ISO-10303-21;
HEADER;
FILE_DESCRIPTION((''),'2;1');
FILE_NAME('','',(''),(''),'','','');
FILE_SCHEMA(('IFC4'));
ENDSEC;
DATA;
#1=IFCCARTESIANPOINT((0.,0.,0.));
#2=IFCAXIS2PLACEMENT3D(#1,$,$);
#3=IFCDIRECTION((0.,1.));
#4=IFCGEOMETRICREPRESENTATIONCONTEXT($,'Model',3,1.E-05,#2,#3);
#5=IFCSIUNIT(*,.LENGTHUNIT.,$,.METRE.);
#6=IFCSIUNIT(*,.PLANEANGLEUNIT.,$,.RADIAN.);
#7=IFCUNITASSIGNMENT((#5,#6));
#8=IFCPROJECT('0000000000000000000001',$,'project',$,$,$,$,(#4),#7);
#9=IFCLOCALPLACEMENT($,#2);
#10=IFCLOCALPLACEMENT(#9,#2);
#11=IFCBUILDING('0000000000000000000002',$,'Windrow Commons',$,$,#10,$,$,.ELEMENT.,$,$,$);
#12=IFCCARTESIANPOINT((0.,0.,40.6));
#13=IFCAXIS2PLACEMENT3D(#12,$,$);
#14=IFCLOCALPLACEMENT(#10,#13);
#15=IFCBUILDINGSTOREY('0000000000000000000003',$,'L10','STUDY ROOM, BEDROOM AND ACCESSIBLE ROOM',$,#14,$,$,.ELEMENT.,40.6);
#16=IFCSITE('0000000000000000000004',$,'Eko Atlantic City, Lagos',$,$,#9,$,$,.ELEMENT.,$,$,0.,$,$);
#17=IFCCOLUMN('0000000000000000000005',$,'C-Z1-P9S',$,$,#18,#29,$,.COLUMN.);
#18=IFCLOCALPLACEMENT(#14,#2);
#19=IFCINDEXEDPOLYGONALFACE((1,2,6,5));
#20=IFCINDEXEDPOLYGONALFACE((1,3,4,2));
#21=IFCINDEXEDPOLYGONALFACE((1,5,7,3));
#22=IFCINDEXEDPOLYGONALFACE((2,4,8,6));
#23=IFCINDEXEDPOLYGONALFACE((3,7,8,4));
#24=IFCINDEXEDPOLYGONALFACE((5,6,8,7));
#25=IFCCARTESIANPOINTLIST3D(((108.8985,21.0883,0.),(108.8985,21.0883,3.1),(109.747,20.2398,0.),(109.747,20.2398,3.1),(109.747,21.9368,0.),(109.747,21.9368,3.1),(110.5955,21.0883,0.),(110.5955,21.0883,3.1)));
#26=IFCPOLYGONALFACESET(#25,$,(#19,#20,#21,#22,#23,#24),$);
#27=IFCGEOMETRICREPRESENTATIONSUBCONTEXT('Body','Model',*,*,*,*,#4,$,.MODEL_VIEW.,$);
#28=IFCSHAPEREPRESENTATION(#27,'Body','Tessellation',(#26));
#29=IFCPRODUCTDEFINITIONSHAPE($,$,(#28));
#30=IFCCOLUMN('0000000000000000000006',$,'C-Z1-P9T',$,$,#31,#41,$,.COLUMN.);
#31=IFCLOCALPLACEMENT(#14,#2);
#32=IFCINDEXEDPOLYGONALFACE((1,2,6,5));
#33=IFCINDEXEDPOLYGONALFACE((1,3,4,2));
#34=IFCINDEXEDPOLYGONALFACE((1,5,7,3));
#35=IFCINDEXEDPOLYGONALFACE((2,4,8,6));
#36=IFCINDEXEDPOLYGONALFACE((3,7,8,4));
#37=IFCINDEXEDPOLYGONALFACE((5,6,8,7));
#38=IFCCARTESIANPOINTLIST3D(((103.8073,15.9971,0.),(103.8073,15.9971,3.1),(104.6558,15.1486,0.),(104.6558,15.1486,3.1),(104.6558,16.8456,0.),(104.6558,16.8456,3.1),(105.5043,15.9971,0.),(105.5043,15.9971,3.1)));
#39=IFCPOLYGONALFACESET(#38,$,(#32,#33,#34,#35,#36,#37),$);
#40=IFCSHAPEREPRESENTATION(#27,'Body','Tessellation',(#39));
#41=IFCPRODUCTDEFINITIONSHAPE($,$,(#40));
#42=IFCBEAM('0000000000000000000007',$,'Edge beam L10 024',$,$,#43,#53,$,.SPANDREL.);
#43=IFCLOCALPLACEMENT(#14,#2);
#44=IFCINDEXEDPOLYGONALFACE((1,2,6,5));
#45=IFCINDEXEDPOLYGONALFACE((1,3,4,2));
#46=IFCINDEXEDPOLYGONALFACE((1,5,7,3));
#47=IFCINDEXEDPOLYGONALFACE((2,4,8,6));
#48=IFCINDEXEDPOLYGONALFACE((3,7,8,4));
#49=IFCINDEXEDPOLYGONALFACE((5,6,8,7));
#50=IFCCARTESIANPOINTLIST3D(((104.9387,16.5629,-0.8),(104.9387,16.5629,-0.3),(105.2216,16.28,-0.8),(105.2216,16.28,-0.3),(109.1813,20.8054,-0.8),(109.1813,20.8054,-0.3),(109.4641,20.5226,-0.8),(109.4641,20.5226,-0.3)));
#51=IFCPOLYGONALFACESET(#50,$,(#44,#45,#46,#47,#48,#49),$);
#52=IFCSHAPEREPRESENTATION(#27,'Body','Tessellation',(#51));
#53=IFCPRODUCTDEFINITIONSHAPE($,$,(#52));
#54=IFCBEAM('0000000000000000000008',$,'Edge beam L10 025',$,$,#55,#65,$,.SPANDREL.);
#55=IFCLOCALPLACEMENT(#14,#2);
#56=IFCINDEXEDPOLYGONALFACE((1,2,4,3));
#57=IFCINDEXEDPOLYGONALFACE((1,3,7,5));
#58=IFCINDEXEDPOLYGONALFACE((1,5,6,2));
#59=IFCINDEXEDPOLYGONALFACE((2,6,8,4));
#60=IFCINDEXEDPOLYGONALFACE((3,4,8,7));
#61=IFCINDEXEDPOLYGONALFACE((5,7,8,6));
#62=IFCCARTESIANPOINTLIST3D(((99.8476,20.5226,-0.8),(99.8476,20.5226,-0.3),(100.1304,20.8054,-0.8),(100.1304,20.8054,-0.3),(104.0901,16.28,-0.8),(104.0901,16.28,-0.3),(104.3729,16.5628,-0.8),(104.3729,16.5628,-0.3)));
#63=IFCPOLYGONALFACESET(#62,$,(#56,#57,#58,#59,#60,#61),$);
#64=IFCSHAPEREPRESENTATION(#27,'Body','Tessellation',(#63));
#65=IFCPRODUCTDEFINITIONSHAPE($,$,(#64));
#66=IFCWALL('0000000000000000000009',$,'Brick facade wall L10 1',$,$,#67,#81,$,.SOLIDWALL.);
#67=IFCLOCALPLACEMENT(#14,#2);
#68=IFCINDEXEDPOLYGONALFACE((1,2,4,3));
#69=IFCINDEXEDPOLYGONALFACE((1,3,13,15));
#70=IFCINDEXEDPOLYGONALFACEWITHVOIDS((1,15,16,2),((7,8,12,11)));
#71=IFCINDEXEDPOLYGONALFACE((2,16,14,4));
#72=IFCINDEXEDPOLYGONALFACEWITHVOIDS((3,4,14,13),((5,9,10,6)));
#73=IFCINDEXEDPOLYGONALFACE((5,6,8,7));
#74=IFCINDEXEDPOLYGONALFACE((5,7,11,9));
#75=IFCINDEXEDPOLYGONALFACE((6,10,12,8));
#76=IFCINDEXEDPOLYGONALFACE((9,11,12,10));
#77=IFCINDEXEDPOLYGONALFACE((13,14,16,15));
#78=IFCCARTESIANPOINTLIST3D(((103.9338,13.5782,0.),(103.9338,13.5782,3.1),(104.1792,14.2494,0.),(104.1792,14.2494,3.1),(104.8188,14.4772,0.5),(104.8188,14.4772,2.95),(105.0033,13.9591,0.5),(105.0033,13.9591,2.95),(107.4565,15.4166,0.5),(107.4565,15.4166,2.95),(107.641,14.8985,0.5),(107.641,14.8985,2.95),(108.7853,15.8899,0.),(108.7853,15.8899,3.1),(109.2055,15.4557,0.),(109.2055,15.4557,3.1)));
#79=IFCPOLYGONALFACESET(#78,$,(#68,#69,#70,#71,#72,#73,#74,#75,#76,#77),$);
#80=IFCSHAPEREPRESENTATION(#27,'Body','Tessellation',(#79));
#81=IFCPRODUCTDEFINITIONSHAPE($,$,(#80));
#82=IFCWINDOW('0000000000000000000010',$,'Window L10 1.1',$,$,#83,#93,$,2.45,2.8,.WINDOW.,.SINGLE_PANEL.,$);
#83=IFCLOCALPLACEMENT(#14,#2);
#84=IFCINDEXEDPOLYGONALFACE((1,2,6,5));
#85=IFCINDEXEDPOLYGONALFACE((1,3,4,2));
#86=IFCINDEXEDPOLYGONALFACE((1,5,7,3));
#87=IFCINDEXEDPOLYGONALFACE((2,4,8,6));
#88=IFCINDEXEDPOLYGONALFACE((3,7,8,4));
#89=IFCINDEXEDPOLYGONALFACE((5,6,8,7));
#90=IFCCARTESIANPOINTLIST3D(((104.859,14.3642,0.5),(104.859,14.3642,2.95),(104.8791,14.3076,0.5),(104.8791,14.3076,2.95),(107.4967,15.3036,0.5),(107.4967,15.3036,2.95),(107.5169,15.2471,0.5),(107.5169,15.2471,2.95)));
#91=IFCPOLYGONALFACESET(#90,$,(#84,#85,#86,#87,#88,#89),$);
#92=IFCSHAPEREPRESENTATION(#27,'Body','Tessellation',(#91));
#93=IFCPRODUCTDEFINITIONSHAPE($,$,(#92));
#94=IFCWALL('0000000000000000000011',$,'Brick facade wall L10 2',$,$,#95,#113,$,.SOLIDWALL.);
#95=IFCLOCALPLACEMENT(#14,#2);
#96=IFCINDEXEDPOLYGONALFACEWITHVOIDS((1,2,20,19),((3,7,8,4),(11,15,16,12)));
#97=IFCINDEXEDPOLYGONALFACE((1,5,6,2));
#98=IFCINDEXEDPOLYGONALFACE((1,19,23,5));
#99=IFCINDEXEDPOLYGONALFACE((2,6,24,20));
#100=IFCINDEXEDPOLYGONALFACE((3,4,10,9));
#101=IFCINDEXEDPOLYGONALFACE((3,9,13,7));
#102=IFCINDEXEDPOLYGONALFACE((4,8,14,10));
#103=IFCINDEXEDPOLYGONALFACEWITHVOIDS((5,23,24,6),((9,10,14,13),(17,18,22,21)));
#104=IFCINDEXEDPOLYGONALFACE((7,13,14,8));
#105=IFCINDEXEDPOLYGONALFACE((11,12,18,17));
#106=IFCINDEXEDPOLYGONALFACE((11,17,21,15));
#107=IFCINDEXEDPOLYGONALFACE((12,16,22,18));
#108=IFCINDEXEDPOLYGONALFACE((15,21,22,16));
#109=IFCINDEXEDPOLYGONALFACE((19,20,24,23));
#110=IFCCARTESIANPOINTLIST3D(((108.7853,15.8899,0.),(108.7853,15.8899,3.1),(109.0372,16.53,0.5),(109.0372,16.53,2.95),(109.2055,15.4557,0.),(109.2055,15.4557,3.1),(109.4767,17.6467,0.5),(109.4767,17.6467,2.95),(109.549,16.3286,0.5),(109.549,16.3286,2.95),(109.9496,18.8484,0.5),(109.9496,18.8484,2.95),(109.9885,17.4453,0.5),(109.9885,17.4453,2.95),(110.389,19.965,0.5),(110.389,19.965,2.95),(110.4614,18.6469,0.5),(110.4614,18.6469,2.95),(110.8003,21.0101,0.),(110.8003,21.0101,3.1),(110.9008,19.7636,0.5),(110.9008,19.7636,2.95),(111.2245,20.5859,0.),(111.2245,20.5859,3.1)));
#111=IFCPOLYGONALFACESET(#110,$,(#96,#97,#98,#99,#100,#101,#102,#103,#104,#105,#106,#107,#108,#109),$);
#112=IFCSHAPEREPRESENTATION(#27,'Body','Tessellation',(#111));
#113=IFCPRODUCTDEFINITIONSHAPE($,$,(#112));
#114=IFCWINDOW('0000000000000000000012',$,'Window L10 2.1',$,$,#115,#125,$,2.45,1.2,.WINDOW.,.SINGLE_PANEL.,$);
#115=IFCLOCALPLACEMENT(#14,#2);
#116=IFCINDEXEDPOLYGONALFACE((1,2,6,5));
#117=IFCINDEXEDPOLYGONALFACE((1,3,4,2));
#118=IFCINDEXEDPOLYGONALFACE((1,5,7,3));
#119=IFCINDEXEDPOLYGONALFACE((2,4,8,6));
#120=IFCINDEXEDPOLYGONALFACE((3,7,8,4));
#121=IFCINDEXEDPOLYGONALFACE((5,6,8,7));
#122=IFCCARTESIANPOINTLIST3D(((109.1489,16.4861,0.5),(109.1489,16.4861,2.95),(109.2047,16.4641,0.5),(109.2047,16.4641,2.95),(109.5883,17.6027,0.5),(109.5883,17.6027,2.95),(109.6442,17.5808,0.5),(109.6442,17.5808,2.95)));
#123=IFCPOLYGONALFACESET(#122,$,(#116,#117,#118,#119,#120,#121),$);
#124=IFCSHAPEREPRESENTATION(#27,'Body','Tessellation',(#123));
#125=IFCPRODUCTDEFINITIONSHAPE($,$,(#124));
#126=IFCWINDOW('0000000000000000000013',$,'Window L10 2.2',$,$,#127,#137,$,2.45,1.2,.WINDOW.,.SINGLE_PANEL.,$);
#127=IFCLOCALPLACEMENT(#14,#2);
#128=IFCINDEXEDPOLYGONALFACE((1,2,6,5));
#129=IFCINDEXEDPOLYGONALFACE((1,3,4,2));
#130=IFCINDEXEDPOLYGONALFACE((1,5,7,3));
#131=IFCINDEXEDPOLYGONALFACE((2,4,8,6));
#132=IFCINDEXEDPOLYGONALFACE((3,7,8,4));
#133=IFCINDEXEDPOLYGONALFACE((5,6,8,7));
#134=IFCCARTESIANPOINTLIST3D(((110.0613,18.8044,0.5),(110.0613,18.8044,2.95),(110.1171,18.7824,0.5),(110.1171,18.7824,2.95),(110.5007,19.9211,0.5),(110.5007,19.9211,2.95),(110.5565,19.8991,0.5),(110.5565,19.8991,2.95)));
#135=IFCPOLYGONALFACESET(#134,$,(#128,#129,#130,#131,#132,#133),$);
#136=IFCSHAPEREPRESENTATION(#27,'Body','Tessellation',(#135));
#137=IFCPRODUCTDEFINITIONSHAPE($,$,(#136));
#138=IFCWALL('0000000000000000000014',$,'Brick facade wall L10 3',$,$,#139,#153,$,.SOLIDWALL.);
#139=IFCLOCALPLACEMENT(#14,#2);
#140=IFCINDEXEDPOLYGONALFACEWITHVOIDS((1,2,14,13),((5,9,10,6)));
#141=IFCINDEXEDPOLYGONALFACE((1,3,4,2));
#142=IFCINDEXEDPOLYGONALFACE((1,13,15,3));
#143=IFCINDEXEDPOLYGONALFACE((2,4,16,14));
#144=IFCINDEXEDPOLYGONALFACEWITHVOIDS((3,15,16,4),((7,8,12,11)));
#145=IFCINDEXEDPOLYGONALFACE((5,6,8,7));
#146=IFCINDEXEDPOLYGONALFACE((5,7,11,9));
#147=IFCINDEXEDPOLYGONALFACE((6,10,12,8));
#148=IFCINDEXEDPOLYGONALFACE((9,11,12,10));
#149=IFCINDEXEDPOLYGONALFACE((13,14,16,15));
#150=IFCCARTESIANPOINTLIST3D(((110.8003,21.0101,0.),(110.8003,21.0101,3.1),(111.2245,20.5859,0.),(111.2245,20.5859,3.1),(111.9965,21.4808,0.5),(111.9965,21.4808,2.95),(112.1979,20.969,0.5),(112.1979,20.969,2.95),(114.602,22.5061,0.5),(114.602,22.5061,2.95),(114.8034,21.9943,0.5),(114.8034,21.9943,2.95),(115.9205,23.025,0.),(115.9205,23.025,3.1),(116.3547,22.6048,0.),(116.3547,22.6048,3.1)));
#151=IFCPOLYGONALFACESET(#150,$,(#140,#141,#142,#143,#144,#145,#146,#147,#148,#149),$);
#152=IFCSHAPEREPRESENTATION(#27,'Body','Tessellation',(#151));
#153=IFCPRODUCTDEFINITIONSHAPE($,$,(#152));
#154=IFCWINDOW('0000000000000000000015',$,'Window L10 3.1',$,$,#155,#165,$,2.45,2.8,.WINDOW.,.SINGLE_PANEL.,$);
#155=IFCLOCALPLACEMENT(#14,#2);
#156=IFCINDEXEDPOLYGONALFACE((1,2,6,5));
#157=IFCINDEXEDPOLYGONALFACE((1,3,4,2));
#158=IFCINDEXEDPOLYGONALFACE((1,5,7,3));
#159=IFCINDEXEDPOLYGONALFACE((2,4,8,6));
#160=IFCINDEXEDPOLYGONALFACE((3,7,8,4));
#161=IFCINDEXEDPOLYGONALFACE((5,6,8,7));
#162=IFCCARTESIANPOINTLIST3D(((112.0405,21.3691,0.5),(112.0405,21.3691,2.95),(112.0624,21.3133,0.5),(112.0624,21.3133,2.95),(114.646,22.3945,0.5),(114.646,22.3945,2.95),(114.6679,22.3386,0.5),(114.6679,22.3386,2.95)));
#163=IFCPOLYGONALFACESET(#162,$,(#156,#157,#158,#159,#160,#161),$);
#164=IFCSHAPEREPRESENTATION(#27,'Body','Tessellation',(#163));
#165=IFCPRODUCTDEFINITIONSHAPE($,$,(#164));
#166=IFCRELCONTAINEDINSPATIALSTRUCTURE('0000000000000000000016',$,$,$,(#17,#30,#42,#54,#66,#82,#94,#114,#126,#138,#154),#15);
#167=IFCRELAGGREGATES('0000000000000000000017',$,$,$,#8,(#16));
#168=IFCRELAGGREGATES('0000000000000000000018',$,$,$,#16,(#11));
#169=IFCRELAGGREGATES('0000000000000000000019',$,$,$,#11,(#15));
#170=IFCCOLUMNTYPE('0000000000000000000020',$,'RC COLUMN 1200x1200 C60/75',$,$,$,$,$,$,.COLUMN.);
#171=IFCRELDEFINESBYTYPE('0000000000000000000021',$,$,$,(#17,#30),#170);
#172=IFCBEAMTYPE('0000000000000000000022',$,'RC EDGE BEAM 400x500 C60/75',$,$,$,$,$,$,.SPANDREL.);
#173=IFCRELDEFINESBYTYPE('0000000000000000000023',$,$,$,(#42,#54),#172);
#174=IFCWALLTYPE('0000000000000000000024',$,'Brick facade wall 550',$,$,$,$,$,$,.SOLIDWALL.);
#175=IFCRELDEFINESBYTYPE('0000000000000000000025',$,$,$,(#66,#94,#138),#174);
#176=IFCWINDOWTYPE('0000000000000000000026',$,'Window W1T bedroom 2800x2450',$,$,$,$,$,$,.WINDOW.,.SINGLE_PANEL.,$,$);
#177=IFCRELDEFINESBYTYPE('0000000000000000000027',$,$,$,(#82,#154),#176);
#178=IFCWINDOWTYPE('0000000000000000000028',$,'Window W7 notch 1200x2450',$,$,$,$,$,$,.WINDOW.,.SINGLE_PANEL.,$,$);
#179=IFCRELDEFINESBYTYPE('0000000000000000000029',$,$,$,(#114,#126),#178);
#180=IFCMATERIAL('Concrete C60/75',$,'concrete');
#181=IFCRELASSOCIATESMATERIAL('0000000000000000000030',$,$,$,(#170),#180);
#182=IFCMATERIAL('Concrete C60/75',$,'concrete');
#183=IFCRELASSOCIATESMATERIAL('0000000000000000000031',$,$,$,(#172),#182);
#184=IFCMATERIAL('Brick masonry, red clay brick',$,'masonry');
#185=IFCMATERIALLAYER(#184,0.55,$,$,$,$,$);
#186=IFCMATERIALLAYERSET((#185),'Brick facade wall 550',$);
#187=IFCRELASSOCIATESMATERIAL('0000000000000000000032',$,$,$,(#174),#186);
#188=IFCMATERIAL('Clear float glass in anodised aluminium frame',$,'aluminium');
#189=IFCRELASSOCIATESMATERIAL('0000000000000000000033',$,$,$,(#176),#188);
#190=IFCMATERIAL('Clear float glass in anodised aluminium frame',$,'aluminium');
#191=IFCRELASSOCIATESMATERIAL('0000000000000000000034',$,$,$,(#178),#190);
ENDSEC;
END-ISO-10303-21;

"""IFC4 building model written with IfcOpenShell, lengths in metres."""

from ifc_helpers import new_model, si_unit, direction, frame, frame_2d, origin, origin_2d, place, context, subcontext, project, spatial, polyline, rectangle, outline, extrude, material, layer, layer_set, material_profile, profile_set, type_object, element, fill, save


model = new_model("IFC4")

# Units and contexts
model_context = context("Model", 3, precision=1e-05, world=origin(), true_north=direction((0.0, 1.0)))
body_context = subcontext(model_context, "Body", "Model", "MODEL_VIEW")
ifc_project = project(units=[si_unit("LENGTHUNIT", "METRE"), si_unit("PLANEANGLEUNIT", "RADIAN")], contexts=[model_context])

# Site, building, storey
site_placement = place(None, origin())
site = spatial("IfcSite", under=ifc_project, at=site_placement, Name="Eko Atlantic City, Lagos", CompositionType="ELEMENT", RefElevation=0.0)
building_placement = place(site_placement, origin())
building = spatial("IfcBuilding", under=site, at=building_placement, Name="Windrow Commons", CompositionType="ELEMENT")
storey_placement = place(building_placement, frame((0.0, 0.0, 40.6)))
storey = spatial("IfcBuildingStorey", under=building, at=storey_placement, Name="L10", Description="STUDY ROOM, BEDROOM AND ACCESSIBLE ROOM", CompositionType="ELEMENT", Elevation=40.6)

# Columns
ifc_material_1 = material(Name="Concrete C60/75", Category="concrete")
ifc_material_profile_1 = material_profile(ifc_material_1, rectangle(XDim=1.2, YDim=1.2, at=origin_2d()))
ifc_profile_set_1 = profile_set([ifc_material_profile_1], Name="Concrete C60/75")
column_type = type_object("IfcColumnType", Name="RC COLUMN 1200x1200 C60/75", PredefinedType="COLUMN", material=ifc_profile_set_1)
for number, where, z_axis, x_axis, name in (
    (1, (109.747, 21.0883, 0.0), (0.0, 0.0, 1.0), (0.707107, -0.707107, 0.0), "C-Z1-P9S"),
    (2, (104.6558, 15.9971, 0.0), (0.0, 0.0, 1.0), (0.707107, -0.707107, 0.0), "C-Z1-P9T"),
):
    element("IfcColumn", number, at=place(storey_placement, frame(where, z_axis=z_axis, x_axis=x_axis)), inside=storey, type_object=column_type, Name=name, PredefinedType="COLUMN", context=body_context, shape_type="SweptSolid", body=[
        extrude(rectangle(XDim=1.2, YDim=1.2, at=origin_2d()), origin(), (0.0, 0.0, 1.0), 3.1),
    ])

# Beams
ifc_material_2 = material(Name="Concrete C60/75", Category="concrete")
ifc_material_profile_2 = material_profile(ifc_material_2, rectangle(XDim=0.4, YDim=0.5, at=origin_2d()))
ifc_profile_set_2 = profile_set([ifc_material_profile_2], Name="Concrete C60/75")
beam_type = type_object("IfcBeamType", Name="RC EDGE BEAM 400x500 C60/75", PredefinedType="SPANDREL", material=ifc_profile_set_2)
for number, where, z_axis, x_axis, name in (
    (3, (109.3227, 20.664, -0.55), (-0.707107, -0.707107, 0.0), (0.707107, -0.707107, 0.0), "Edge beam L10 024"),
    (4, (104.2315, 16.4214, -0.55), (-0.707098, 0.707115, 0.0), (-0.707115, -0.707098, 0.0), "Edge beam L10 025"),
):
    element("IfcBeam", number, at=place(storey_placement, frame(where, z_axis=z_axis, x_axis=x_axis)), inside=storey, type_object=beam_type, Name=name, PredefinedType="SPANDREL", context=body_context, shape_type="SweptSolid", body=[
        extrude(rectangle(XDim=0.4, YDim=0.5, at=origin_2d()), origin(), (0.0, 0.0, 1.0), 5.9999),
    ])

# Wall, opening, window
ifc_material_3 = material(Name="Brick masonry, red clay brick", Category="masonry")
ifc_layer_1 = layer(ifc_material_3, 0.55)
ifc_layer_set_1 = layer_set([ifc_layer_1], Name="Brick facade wall 550")
wall_type_1 = type_object("IfcWallType", Name="Brick facade wall 550", PredefinedType="SOLIDWALL", material=ifc_layer_set_1)
wall_1_placement = place(storey_placement, frame((104.0565, 13.9138, 0.0), z_axis=(0.0, 0.0, 1.0), x_axis=(0.942037, 0.335509, 0.0)))
wall_1 = element("IfcWall", 5, at=wall_1_placement, inside=storey, type_object=wall_type_1, Name="Brick facade wall L10 1", PredefinedType="SOLIDWALL", context=body_context, shape_type="SweptSolid", body=[
    extrude(outline(polyline([(-0.2282, -0.275), (5.3679, -0.275), (5.1177, 0.275), (0.2282, 0.275), (-0.2282, -0.275)])), origin(), (0.0, 0.0, 1.0), 3.1),
])
opening_1_placement = place(wall_1_placement, frame((0.9071, 0.0, 0.5)))
opening_1 = element("IfcOpeningElement", 6, at=opening_1_placement, cuts=wall_1, PredefinedType="OPENING", context=body_context, shape_type="SweptSolid", body=[
    extrude(rectangle(XDim=2.8, YDim=2.45, at=frame_2d((1.4, 1.225))), frame((0.0, 0.285, 0.0), z_axis=(0.0, -1.0, 0.0), x_axis=(1.0, 0.0, 0.0)), (0.0, 0.0, 1.0), 0.57),
])
ifc_material_4 = material(Name="Clear float glass in anodised aluminium frame", Category="aluminium")
window_type_1 = type_object("IfcWindowType", Name="Window W1T bedroom 2800x2450", PartitioningType="SINGLE_PANEL", PredefinedType="WINDOW", material=ifc_material_4)
window_1_placement = place(opening_1_placement, origin())
window_1 = element("IfcWindow", 7, at=window_1_placement, inside=storey, type_object=window_type_1, Name="Window L10 1.1", OverallHeight=2.45, OverallWidth=2.8, PartitioningType="SINGLE_PANEL", PredefinedType="WINDOW", context=body_context, shape_type="SweptSolid", body=[
    extrude(rectangle(XDim=2.8, YDim=2.45, at=frame_2d((1.4, 1.225))), frame((0.0, 0.155, 0.0), z_axis=(0.0, -1.0, 0.0), x_axis=(1.0, 0.0, 0.0)), (0.0, 0.0, 1.0), 0.06),
])
fill(opening_1, window_1)

# Wall, openings, windows
wall_2_placement = place(storey_placement, frame((108.9954, 15.6728, 0.0), z_axis=(0.0, 0.0, 1.0), x_axis=(0.366207, 0.930533, 0.0)))
wall_2 = element("IfcWall", 8, at=wall_2_placement, inside=storey, type_object=wall_type_1, Name="Brick facade wall L10 2", PredefinedType="SOLIDWALL", context=body_context, shape_type="SweptSolid", body=[
    extrude(outline(polyline([(-0.1251, -0.275), (5.3881, -0.275), (5.6275, 0.275), (0.1251, 0.275), (-0.1251, -0.275)])), origin(), (0.0, 0.0, 1.0), 3.1),
])
opening_2_placement = place(wall_2_placement, frame((0.813, 0.0, 0.5)))
opening_2 = element("IfcOpeningElement", 9, at=opening_2_placement, cuts=wall_2, PredefinedType="OPENING", context=body_context, shape_type="SweptSolid", body=[
    extrude(rectangle(XDim=1.2, YDim=2.45, at=frame_2d((0.6, 1.225))), frame((0.0, 0.285, 0.0), z_axis=(0.0, -1.0, 0.0), x_axis=(1.0, 0.0, 0.0)), (0.0, 0.0, 1.0), 0.57),
])
opening_3_placement = place(wall_2_placement, frame((3.3044, 0.0, 0.5)))
opening_3 = element("IfcOpeningElement", 10, at=opening_3_placement, cuts=wall_2, PredefinedType="OPENING", context=body_context, shape_type="SweptSolid", body=[
    extrude(rectangle(XDim=1.2, YDim=2.45, at=frame_2d((0.6, 1.225))), frame((0.0, 0.285, 0.0), z_axis=(0.0, -1.0, 0.0), x_axis=(1.0, 0.0, 0.0)), (0.0, 0.0, 1.0), 0.57),
])
ifc_material_5 = material(Name="Clear float glass in anodised aluminium frame", Category="aluminium")
window_type_2 = type_object("IfcWindowType", Name="Window W7 notch 1200x2450", PartitioningType="SINGLE_PANEL", PredefinedType="WINDOW", material=ifc_material_5)
window_2_placement = place(opening_2_placement, origin())
window_2 = element("IfcWindow", 11, at=window_2_placement, inside=storey, type_object=window_type_2, Name="Window L10 2.1", OverallHeight=2.45, OverallWidth=1.2, PartitioningType="SINGLE_PANEL", PredefinedType="WINDOW", context=body_context, shape_type="SweptSolid", body=[
    extrude(rectangle(XDim=1.2, YDim=2.45, at=frame_2d((0.6, 1.225))), frame((0.0, 0.155, 0.0), z_axis=(0.0, -1.0, 0.0), x_axis=(1.0, 0.0, 0.0)), (0.0, 0.0, 1.0), 0.06),
])
fill(opening_2, window_2)
window_3_placement = place(opening_3_placement, origin())
window_3 = element("IfcWindow", 12, at=window_3_placement, inside=storey, type_object=window_type_2, Name="Window L10 2.2", OverallHeight=2.45, OverallWidth=1.2, PartitioningType="SINGLE_PANEL", PredefinedType="WINDOW", context=body_context, shape_type="SweptSolid", body=[
    extrude(rectangle(XDim=1.2, YDim=2.45, at=frame_2d((0.6, 1.225))), frame((0.0, 0.155, 0.0), z_axis=(0.0, -1.0, 0.0), x_axis=(1.0, 0.0, 0.0)), (0.0, 0.0, 1.0), 0.06),
])
fill(opening_3, window_3)

# Wall, opening, window
wall_3_placement = place(storey_placement, frame((111.0124, 20.798, 0.0), z_axis=(0.0, 0.0, 1.0), x_axis=(0.930539, 0.366192, 0.0)))
wall_3 = element("IfcWall", 13, at=wall_3_placement, inside=storey, type_object=wall_type_1, Name="Brick facade wall L10 3", PredefinedType="SOLIDWALL", context=body_context, shape_type="SweptSolid", body=[
    extrude(outline(polyline([(0.1197, -0.275), (5.6329, -0.275), (5.3827, 0.275), (-0.1197, 0.275), (0.1197, -0.275)])), origin(), (0.0, 0.0, 1.0), 3.1),
])
opening_4_placement = place(wall_3_placement, frame((1.1658, 0.0, 0.5)))
opening_4 = element("IfcOpeningElement", 14, at=opening_4_placement, cuts=wall_3, PredefinedType="OPENING", context=body_context, shape_type="SweptSolid", body=[
    extrude(rectangle(XDim=2.8, YDim=2.45, at=frame_2d((1.4, 1.225))), frame((0.0, 0.285, 0.0), z_axis=(0.0, -1.0, 0.0), x_axis=(1.0, 0.0, 0.0)), (0.0, 0.0, 1.0), 0.57),
])
window_4_placement = place(opening_4_placement, origin())
window_4 = element("IfcWindow", 15, at=window_4_placement, inside=storey, type_object=window_type_1, Name="Window L10 3.1", OverallHeight=2.45, OverallWidth=2.8, PartitioningType="SINGLE_PANEL", PredefinedType="WINDOW", context=body_context, shape_type="SweptSolid", body=[
    extrude(rectangle(XDim=2.8, YDim=2.45, at=frame_2d((1.4, 1.225))), frame((0.0, 0.155, 0.0), z_axis=(0.0, -1.0, 0.0), x_axis=(1.0, 0.0, 0.0)), (0.0, 0.0, 1.0), 0.06),
])
fill(opening_4, window_4)

save(model, "model.ifc")
